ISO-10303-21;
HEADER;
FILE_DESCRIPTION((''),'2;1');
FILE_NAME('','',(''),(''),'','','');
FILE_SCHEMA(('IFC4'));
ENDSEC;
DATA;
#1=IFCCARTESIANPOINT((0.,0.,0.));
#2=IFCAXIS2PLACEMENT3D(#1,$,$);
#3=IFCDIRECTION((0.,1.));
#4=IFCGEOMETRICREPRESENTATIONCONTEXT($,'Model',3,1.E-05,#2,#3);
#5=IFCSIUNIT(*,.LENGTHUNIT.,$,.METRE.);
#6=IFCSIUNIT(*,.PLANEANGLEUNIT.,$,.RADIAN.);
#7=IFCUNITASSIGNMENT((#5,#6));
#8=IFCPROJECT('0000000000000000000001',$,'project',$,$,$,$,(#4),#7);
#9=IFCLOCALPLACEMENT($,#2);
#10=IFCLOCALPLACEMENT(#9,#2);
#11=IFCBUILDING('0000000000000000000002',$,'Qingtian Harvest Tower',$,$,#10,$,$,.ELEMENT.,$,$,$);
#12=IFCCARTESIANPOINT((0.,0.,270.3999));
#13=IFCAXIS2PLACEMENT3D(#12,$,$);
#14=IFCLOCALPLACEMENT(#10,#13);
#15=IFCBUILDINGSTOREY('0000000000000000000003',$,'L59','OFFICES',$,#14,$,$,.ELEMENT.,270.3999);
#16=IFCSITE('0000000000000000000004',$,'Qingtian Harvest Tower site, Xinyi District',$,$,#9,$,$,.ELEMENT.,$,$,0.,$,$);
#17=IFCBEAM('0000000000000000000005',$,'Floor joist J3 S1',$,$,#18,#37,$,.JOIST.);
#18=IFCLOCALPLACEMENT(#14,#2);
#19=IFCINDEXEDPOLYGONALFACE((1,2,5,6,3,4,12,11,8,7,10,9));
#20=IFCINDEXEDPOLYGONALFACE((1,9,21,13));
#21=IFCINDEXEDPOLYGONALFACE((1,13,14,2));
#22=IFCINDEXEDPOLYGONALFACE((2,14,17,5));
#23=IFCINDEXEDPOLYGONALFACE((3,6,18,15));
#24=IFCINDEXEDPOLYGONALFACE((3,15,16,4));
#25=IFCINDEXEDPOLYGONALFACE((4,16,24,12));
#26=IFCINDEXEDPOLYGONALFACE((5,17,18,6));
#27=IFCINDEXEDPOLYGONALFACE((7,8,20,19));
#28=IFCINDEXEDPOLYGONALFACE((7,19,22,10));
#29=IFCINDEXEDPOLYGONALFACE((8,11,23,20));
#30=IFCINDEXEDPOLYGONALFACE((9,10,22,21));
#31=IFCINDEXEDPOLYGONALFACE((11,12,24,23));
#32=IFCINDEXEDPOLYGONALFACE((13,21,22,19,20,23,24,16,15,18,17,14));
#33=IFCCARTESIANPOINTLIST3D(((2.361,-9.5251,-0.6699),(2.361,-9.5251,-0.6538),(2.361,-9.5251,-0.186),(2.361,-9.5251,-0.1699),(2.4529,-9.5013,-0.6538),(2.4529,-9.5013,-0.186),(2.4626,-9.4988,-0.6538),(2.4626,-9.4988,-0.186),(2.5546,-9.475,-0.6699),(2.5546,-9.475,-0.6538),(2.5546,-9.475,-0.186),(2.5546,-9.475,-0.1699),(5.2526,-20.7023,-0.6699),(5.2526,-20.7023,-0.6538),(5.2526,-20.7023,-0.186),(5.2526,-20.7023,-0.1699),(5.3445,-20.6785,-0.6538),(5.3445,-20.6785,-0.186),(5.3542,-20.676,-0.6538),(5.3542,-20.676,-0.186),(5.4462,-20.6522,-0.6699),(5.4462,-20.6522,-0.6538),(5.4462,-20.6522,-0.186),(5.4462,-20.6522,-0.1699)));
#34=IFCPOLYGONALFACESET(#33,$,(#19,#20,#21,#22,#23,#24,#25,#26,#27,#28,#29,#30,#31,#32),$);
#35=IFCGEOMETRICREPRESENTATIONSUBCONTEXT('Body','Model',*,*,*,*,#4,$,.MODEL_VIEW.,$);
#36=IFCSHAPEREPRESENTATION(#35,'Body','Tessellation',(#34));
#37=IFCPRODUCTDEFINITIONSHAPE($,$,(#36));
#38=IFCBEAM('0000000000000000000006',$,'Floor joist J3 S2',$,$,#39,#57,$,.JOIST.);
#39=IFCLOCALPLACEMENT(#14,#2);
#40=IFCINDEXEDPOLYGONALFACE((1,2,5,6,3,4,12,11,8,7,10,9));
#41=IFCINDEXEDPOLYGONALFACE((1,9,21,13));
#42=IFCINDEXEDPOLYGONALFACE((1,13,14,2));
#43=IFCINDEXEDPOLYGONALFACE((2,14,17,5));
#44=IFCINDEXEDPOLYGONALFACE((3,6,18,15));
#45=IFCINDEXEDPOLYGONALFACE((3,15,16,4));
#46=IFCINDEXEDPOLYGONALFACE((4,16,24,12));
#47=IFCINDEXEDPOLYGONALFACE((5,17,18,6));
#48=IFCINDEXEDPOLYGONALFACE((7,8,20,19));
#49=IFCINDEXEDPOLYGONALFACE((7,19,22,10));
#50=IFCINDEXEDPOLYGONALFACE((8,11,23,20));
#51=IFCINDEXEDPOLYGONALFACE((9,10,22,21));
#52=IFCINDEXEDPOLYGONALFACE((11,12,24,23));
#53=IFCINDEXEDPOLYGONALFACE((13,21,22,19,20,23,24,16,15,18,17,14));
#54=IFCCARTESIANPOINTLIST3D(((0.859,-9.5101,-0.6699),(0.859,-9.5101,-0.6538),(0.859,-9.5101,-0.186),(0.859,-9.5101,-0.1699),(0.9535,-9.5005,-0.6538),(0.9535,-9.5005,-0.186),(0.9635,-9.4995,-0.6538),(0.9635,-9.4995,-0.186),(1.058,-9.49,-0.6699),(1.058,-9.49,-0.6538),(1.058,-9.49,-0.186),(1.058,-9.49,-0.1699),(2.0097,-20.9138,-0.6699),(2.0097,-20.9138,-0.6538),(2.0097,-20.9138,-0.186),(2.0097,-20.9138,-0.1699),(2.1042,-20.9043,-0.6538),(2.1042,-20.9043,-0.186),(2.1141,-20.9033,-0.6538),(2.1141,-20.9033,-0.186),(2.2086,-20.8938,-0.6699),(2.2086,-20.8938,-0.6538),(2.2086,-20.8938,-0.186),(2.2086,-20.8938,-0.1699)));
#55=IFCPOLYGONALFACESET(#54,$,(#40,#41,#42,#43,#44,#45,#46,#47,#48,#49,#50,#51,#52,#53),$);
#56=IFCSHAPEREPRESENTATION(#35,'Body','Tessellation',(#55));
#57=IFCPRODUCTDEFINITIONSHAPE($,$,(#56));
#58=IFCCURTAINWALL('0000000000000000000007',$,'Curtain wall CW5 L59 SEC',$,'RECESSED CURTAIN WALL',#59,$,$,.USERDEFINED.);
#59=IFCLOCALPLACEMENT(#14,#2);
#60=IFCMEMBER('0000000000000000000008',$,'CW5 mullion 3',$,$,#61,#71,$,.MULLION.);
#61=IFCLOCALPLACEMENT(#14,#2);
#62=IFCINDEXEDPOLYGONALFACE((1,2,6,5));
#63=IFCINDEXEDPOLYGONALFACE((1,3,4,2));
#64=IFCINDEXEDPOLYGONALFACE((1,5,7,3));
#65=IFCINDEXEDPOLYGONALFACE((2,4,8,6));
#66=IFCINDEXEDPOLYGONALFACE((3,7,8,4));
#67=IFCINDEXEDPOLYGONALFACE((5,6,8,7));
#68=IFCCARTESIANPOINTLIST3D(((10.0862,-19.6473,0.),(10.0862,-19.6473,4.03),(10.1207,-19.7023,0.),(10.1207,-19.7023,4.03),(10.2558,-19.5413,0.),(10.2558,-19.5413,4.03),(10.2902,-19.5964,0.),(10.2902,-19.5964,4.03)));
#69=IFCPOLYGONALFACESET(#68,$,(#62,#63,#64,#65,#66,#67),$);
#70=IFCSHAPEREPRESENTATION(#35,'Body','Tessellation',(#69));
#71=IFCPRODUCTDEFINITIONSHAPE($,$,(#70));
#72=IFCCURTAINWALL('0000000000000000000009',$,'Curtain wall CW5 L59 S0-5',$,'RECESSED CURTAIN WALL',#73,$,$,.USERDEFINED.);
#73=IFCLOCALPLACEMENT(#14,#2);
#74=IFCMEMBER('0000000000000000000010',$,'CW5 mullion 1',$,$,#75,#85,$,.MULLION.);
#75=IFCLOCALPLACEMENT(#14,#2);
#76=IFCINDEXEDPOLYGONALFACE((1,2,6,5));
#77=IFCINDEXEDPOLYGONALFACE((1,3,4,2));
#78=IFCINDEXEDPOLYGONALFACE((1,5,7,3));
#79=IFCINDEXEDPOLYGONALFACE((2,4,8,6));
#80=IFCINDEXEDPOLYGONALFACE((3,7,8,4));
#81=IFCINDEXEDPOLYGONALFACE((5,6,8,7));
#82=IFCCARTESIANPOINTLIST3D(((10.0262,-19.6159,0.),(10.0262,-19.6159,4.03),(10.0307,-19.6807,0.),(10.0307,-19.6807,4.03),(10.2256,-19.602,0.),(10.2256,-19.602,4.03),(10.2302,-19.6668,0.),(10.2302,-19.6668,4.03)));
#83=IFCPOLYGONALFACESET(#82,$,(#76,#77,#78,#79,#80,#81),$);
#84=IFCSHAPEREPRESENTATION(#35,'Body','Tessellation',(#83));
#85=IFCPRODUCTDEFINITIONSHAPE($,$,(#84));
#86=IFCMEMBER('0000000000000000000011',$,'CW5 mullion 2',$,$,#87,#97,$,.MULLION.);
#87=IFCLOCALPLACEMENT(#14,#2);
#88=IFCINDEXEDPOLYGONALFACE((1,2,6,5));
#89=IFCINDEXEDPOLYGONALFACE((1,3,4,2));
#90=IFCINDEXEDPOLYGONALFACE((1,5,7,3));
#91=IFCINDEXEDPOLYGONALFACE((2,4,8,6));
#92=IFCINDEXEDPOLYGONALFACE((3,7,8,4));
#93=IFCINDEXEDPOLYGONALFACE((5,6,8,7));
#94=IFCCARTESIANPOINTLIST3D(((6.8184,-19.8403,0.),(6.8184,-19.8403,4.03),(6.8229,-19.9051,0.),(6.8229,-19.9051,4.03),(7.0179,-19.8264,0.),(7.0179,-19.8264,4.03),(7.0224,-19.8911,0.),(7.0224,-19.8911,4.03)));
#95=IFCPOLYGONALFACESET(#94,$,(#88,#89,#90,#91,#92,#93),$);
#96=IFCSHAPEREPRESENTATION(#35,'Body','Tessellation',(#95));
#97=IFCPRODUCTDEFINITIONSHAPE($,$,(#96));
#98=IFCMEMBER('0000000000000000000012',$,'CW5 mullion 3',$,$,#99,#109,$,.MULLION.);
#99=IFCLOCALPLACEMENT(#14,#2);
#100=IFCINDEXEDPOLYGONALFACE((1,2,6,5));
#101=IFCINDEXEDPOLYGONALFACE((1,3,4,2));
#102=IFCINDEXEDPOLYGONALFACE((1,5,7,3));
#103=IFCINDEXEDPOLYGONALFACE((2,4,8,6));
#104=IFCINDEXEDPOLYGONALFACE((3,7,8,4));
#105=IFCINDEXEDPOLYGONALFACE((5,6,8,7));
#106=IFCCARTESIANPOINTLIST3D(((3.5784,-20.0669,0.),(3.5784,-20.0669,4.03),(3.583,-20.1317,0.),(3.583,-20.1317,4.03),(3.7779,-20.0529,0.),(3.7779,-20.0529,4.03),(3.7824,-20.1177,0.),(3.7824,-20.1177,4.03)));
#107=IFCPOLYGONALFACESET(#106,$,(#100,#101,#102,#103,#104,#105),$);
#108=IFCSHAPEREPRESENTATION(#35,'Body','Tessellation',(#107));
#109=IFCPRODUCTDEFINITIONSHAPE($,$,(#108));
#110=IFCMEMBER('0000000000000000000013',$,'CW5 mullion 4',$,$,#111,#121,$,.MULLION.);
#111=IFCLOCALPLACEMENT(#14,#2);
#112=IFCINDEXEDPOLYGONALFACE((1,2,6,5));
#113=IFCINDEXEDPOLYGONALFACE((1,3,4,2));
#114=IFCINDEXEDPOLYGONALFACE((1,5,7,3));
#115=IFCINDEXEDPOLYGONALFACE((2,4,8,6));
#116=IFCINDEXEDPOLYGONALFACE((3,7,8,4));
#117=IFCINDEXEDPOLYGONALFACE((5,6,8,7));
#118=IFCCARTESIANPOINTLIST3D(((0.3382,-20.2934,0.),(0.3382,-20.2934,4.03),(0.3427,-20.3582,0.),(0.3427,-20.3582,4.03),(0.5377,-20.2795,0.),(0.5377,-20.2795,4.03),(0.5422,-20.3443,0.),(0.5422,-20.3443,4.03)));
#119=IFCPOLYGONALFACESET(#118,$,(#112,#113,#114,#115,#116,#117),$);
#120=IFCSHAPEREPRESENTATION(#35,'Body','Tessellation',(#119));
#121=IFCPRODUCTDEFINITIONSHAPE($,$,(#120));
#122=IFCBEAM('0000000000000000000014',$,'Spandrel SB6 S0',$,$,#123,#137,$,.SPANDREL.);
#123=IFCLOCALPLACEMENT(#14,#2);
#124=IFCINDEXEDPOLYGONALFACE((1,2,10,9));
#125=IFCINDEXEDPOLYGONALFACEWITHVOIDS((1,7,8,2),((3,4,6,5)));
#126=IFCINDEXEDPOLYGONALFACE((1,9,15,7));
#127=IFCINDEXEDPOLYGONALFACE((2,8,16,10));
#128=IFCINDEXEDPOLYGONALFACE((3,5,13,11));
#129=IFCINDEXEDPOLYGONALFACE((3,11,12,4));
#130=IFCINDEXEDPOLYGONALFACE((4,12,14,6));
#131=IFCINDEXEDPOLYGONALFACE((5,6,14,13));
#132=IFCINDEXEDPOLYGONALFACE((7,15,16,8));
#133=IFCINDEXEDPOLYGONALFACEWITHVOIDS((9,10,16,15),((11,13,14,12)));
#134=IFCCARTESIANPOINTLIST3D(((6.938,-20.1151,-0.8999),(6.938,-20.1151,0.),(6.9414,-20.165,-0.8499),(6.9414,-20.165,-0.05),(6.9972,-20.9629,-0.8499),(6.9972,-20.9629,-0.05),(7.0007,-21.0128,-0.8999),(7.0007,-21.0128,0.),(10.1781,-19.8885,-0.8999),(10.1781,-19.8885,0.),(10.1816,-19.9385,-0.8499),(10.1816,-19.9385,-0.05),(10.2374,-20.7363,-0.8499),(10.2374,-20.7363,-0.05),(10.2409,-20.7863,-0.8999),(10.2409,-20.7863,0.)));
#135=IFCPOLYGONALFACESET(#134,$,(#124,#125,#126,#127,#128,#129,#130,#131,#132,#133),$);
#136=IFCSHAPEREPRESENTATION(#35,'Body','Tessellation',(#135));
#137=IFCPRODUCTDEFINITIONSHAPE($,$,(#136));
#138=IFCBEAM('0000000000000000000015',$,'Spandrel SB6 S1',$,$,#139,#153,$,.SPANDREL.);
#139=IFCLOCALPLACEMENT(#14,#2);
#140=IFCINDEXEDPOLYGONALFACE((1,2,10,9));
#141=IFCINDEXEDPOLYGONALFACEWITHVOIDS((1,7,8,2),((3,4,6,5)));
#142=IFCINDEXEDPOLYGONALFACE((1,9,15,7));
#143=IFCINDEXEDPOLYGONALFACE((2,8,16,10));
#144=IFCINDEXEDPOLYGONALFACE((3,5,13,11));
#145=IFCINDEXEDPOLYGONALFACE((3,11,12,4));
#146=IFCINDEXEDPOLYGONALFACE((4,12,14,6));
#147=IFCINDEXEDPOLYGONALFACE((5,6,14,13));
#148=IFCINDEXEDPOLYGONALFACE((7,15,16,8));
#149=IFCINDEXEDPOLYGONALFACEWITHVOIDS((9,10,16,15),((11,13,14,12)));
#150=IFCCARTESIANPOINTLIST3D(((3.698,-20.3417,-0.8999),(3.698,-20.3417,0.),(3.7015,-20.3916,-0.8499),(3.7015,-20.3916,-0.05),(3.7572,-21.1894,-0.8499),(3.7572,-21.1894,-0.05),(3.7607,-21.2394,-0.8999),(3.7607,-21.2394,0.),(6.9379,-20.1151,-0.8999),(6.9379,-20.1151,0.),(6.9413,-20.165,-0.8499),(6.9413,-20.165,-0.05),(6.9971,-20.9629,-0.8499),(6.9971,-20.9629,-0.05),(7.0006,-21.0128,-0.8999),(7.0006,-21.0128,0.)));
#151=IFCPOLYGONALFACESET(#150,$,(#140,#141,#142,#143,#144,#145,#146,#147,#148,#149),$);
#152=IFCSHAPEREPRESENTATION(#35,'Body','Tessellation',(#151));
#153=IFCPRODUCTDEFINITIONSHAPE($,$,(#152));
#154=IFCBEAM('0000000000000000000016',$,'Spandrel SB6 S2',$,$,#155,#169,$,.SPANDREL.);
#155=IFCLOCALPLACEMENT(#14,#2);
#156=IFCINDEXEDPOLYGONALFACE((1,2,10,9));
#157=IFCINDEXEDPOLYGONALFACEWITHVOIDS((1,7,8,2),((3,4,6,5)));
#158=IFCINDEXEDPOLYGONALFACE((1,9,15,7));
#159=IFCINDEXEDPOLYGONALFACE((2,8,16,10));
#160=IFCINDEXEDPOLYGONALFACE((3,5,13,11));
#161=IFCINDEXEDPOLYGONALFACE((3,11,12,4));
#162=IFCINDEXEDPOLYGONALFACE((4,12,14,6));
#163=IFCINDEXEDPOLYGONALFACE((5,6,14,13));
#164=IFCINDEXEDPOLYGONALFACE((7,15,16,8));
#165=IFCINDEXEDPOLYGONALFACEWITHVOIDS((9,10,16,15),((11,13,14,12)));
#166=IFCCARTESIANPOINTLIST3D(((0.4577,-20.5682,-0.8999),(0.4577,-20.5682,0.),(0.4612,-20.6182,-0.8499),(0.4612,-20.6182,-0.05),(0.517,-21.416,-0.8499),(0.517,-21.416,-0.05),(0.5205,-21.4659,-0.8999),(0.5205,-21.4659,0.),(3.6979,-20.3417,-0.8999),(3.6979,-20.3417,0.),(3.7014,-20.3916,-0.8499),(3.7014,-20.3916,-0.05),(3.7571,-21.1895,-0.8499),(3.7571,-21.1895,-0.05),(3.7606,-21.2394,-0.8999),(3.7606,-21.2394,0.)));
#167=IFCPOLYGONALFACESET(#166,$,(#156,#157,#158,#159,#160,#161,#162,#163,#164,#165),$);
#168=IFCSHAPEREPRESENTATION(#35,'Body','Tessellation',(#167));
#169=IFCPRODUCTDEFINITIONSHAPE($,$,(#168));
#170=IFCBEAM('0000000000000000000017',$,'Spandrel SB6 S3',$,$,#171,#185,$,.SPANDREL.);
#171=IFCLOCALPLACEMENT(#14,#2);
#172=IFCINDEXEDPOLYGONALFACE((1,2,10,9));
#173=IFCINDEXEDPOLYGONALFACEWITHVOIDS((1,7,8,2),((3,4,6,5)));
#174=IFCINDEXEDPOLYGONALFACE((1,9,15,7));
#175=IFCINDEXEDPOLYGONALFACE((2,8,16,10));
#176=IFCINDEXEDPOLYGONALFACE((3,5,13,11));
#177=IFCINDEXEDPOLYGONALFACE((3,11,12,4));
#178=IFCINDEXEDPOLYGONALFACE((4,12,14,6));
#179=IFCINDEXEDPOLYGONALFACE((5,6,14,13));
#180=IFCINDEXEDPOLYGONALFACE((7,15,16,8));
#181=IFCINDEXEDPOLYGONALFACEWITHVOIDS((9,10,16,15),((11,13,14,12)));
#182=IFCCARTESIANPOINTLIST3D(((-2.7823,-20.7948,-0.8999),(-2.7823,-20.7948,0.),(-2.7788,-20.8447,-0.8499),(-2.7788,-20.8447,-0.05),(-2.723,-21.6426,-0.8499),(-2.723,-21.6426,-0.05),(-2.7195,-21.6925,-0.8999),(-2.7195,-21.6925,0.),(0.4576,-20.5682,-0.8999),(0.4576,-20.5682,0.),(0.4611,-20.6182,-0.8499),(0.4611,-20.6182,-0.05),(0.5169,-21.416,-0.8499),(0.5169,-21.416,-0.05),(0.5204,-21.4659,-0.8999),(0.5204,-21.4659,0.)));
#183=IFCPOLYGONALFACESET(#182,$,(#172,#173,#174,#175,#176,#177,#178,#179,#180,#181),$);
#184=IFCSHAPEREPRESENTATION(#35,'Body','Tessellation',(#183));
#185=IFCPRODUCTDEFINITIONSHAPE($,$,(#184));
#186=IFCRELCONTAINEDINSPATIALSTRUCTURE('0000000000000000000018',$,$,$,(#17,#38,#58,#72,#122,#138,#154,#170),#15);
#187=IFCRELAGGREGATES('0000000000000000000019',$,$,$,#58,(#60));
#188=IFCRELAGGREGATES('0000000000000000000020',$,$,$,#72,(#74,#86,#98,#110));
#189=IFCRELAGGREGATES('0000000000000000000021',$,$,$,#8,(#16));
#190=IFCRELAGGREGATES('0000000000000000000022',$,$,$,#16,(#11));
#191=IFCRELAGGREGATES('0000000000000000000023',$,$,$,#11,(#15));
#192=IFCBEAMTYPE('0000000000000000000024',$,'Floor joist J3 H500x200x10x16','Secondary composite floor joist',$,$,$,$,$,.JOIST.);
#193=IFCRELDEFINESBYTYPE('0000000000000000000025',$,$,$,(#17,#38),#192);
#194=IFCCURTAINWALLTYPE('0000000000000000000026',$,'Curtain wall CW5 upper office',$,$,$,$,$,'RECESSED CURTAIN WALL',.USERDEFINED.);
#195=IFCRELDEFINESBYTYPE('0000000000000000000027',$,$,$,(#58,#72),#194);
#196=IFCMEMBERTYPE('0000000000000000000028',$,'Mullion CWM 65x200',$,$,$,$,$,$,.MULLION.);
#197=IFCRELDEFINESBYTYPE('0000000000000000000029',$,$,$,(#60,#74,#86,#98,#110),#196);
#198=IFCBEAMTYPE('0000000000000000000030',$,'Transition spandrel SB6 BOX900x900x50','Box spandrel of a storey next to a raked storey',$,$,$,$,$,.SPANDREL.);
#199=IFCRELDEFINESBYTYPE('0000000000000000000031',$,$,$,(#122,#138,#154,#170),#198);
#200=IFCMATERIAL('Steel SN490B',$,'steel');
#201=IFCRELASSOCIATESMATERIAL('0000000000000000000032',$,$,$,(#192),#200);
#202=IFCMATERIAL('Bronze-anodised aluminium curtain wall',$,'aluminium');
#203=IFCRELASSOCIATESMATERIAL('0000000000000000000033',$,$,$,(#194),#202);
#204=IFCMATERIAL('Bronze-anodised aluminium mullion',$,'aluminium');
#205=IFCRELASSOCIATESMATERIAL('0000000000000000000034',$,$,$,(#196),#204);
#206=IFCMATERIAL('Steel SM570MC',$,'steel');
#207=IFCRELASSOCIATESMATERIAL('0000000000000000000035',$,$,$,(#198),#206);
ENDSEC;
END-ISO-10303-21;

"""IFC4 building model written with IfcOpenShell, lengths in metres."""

from ifc_helpers import new_model, si_unit, direction, frame, origin, origin_2d, place, context, subcontext, project, spatial, rectangle, hollow_rectangle, i_section, extrude, material, material_profile, profile_set, type_object, element, aggregate, save


model = new_model("IFC4")

# Units and contexts
model_context = context("Model", 3, precision=1e-05, world=origin(), true_north=direction((0.0, 1.0)))
body_context = subcontext(model_context, "Body", "Model", "MODEL_VIEW")
ifc_project = project(units=[si_unit("LENGTHUNIT", "METRE"), si_unit("PLANEANGLEUNIT", "RADIAN")], contexts=[model_context])

# Site, building, storey
site_placement = place(None, origin())
site = spatial("IfcSite", under=ifc_project, at=site_placement, Name="Qingtian Harvest Tower site, Xinyi District", CompositionType="ELEMENT", RefElevation=0.0)
building_placement = place(site_placement, origin())
building = spatial("IfcBuilding", under=site, at=building_placement, Name="Qingtian Harvest Tower", CompositionType="ELEMENT")
storey_placement = place(building_placement, frame((0.0, 0.0, 270.3999)))
storey = spatial("IfcBuildingStorey", under=building, at=storey_placement, Name="L59", Description="OFFICES", CompositionType="ELEMENT", Elevation=270.3999)

# Beams
ifc_material_1 = material(Name="Steel SN490B", Category="steel")
ifc_material_profile_1 = material_profile(ifc_material_1, i_section(OverallWidth=0.2, OverallDepth=0.5, WebThickness=0.01, FlangeThickness=0.0161, at=origin_2d()), Name="H500x200x10x16")
ifc_profile_set_1 = profile_set([ifc_material_profile_1], Name="Steel SN490B")
beam_type_1 = type_object("IfcBeamType", Name="Floor joist J3 H500x200x10x16", Description="Secondary composite floor joist", PredefinedType="JOIST", material=ifc_profile_set_1)
beam_1_placement = place(storey_placement, frame((5.3494, -20.6772, -0.4199), z_axis=(-0.250459, 0.968127, 0.0), x_axis=(-0.968127, -0.250459, 0.0)))
element("IfcBeam", 1, at=beam_1_placement, inside=storey, type_object=beam_type_1, Name="Floor joist J3 S1", PredefinedType="JOIST", context=body_context, shape_type="SweptSolid", body=[
    extrude(i_section(OverallWidth=0.2, OverallDepth=0.5, WebThickness=0.01, FlangeThickness=0.0161, at=origin_2d()), origin(), (0.0, 0.0, 1.0), 11.5452),
])
beam_2_placement = place(storey_placement, frame((2.1091, -20.9038, -0.4199), z_axis=(-0.100389, 0.994948, 0.0), x_axis=(-0.994948, -0.100389, 0.0)))
element("IfcBeam", 2, at=beam_2_placement, inside=storey, type_object=beam_type_1, Name="Floor joist J3 S2", PredefinedType="JOIST", context=body_context, shape_type="SweptSolid", body=[
    extrude(i_section(OverallWidth=0.2, OverallDepth=0.5, WebThickness=0.01, FlangeThickness=0.0161, at=origin_2d()), origin(), (0.0, 0.0, 1.0), 11.4617),
])

# Curtain wall, member
ifc_material_2 = material(Name="Bronze-anodised aluminium curtain wall", Category="aluminium")
curtain_wall_type = type_object("IfcCurtainWallType", Name="Curtain wall CW5 upper office", ElementType="RECESSED CURTAIN WALL", PredefinedType="USERDEFINED", material=ifc_material_2)
curtain_wall_1_placement = place(storey_placement, origin())
curtain_wall_1 = element("IfcCurtainWall", 3, at=curtain_wall_1_placement, inside=storey, type_object=curtain_wall_type, Name="Curtain wall CW5 L59 SEC", ObjectType="RECESSED CURTAIN WALL", PredefinedType="USERDEFINED")
ifc_material_3 = material(Name="Bronze-anodised aluminium mullion", Category="aluminium")
ifc_material_profile_2 = material_profile(ifc_material_3, rectangle(XDim=0.0649, YDim=0.2, at=origin_2d()), Name="AL 65x200")
ifc_profile_set_2 = profile_set([ifc_material_profile_2], Name="Bronze-anodised aluminium mullion")
member_type_1 = type_object("IfcMemberType", Name="Mullion CWM 65x200", PredefinedType="MULLION", material=ifc_profile_set_2)
member_1_placement = place(storey_placement, frame((10.1882, -19.6218, 0.0), z_axis=(0.0, 0.0, 1.0), x_axis=(0.529919, -0.848048, 0.0)))
member_1 = element("IfcMember", 4, at=member_1_placement, type_object=member_type_1, Name="CW5 mullion 3", PredefinedType="MULLION", context=body_context, shape_type="SweptSolid", body=[
    extrude(rectangle(XDim=0.0649, YDim=0.2, at=origin_2d()), origin(), (0.0, 0.0, 1.0), 4.03),
])

# Curtain wall, members
curtain_wall_2_placement = place(storey_placement, origin())
curtain_wall_2 = element("IfcCurtainWall", 5, at=curtain_wall_2_placement, inside=storey, type_object=curtain_wall_type, Name="Curtain wall CW5 L59 S0-5", ObjectType="RECESSED CURTAIN WALL", PredefinedType="USERDEFINED")
member_2_placement = place(storey_placement, frame((10.1282, -19.6414, 0.0), z_axis=(0.0, 0.0, 1.0), x_axis=(0.069756, -0.997564, 0.0)))
member_2 = element("IfcMember", 6, at=member_2_placement, type_object=member_type_1, Name="CW5 mullion 1", PredefinedType="MULLION", context=body_context, shape_type="SweptSolid", body=[
    extrude(rectangle(XDim=0.0649, YDim=0.2, at=origin_2d()), origin(), (0.0, 0.0, 1.0), 4.03),
])
member_3_placement = place(storey_placement, frame((6.9204, -19.8657, 0.0), z_axis=(0.0, 0.0, 1.0), x_axis=(0.069756, -0.997564, 0.0)))
member_3 = element("IfcMember", 7, at=member_3_placement, type_object=member_type_1, Name="CW5 mullion 2", PredefinedType="MULLION", context=body_context, shape_type="SweptSolid", body=[
    extrude(rectangle(XDim=0.0649, YDim=0.2, at=origin_2d()), origin(), (0.0, 0.0, 1.0), 4.03),
])
member_4_placement = place(storey_placement, frame((3.6804, -20.0923, 0.0), z_axis=(0.0, 0.0, 1.0), x_axis=(0.069756, -0.997564, 0.0)))
member_4 = element("IfcMember", 8, at=member_4_placement, type_object=member_type_1, Name="CW5 mullion 3", PredefinedType="MULLION", context=body_context, shape_type="SweptSolid", body=[
    extrude(rectangle(XDim=0.0649, YDim=0.2, at=origin_2d()), origin(), (0.0, 0.0, 1.0), 4.03),
])
member_5_placement = place(storey_placement, frame((0.4402, -20.3188, 0.0), z_axis=(0.0, 0.0, 1.0), x_axis=(0.069756, -0.997564, 0.0)))
member_5 = element("IfcMember", 9, at=member_5_placement, type_object=member_type_1, Name="CW5 mullion 4", PredefinedType="MULLION", context=body_context, shape_type="SweptSolid", body=[
    extrude(rectangle(XDim=0.0649, YDim=0.2, at=origin_2d()), origin(), (0.0, 0.0, 1.0), 4.03),
])

# Beams
ifc_material_4 = material(Name="Steel SM570MC", Category="steel")
ifc_material_profile_3 = material_profile(ifc_material_4, hollow_rectangle(XDim=0.8999, YDim=0.8999, WallThickness=0.05, at=origin_2d()), Name="BOX900x900x50")
ifc_profile_set_3 = profile_set([ifc_material_profile_3], Name="Steel SM570MC")
beam_type_2 = type_object("IfcBeamType", Name="Transition spandrel SB6 BOX900x900x50", Description="Box spandrel of a storey next to a raked storey", PredefinedType="SPANDREL", material=ifc_profile_set_3)
beam_3_placement = place(storey_placement, frame((10.2095, -20.3374, -0.45), z_axis=(-0.997564, -0.069751, 0.0), x_axis=(0.069751, -0.997564, 0.0)))
element("IfcBeam", 10, at=beam_3_placement, inside=storey, type_object=beam_type_2, Name="Spandrel SB6 S0", PredefinedType="SPANDREL", context=body_context, shape_type="SweptSolid", body=[
    extrude(hollow_rectangle(XDim=0.8999, YDim=0.8999, WallThickness=0.05, at=origin_2d()), origin(), (0.0, 0.0, 1.0), 3.248),
])
beam_4_placement = place(storey_placement, frame((6.9692, -20.564, -0.45), z_axis=(-0.997564, -0.069757, 0.0), x_axis=(0.069757, -0.997564, 0.0)))
element("IfcBeam", 11, at=beam_4_placement, inside=storey, type_object=beam_type_2, Name="Spandrel SB6 S1", PredefinedType="SPANDREL", context=body_context, shape_type="SweptSolid", body=[
    extrude(hollow_rectangle(XDim=0.8999, YDim=0.8999, WallThickness=0.05, at=origin_2d()), origin(), (0.0, 0.0, 1.0), 3.2478),
])
beam_5_placement = place(storey_placement, frame((3.7292, -20.7905, -0.45), z_axis=(-0.997564, -0.069751, 0.0), x_axis=(0.069751, -0.997564, 0.0)))
element("IfcBeam", 12, at=beam_5_placement, inside=storey, type_object=beam_type_2, Name="Spandrel SB6 S2", PredefinedType="SPANDREL", context=body_context, shape_type="SweptSolid", body=[
    extrude(hollow_rectangle(XDim=0.8999, YDim=0.8999, WallThickness=0.05, at=origin_2d()), origin(), (0.0, 0.0, 1.0), 3.248),
])
beam_6_placement = place(storey_placement, frame((0.489, -21.0171, -0.45), z_axis=(-0.997564, -0.069757, 0.0), x_axis=(0.069757, -0.997564, 0.0)))
element("IfcBeam", 13, at=beam_6_placement, inside=storey, type_object=beam_type_2, Name="Spandrel SB6 S3", PredefinedType="SPANDREL", context=body_context, shape_type="SweptSolid", body=[
    extrude(hollow_rectangle(XDim=0.8999, YDim=0.8999, WallThickness=0.05, at=origin_2d()), origin(), (0.0, 0.0, 1.0), 3.2478),
])

aggregate(curtain_wall_1, [member_1])
aggregate(curtain_wall_2, [member_2, member_3, member_4, member_5])

save(model, "model.ifc")
